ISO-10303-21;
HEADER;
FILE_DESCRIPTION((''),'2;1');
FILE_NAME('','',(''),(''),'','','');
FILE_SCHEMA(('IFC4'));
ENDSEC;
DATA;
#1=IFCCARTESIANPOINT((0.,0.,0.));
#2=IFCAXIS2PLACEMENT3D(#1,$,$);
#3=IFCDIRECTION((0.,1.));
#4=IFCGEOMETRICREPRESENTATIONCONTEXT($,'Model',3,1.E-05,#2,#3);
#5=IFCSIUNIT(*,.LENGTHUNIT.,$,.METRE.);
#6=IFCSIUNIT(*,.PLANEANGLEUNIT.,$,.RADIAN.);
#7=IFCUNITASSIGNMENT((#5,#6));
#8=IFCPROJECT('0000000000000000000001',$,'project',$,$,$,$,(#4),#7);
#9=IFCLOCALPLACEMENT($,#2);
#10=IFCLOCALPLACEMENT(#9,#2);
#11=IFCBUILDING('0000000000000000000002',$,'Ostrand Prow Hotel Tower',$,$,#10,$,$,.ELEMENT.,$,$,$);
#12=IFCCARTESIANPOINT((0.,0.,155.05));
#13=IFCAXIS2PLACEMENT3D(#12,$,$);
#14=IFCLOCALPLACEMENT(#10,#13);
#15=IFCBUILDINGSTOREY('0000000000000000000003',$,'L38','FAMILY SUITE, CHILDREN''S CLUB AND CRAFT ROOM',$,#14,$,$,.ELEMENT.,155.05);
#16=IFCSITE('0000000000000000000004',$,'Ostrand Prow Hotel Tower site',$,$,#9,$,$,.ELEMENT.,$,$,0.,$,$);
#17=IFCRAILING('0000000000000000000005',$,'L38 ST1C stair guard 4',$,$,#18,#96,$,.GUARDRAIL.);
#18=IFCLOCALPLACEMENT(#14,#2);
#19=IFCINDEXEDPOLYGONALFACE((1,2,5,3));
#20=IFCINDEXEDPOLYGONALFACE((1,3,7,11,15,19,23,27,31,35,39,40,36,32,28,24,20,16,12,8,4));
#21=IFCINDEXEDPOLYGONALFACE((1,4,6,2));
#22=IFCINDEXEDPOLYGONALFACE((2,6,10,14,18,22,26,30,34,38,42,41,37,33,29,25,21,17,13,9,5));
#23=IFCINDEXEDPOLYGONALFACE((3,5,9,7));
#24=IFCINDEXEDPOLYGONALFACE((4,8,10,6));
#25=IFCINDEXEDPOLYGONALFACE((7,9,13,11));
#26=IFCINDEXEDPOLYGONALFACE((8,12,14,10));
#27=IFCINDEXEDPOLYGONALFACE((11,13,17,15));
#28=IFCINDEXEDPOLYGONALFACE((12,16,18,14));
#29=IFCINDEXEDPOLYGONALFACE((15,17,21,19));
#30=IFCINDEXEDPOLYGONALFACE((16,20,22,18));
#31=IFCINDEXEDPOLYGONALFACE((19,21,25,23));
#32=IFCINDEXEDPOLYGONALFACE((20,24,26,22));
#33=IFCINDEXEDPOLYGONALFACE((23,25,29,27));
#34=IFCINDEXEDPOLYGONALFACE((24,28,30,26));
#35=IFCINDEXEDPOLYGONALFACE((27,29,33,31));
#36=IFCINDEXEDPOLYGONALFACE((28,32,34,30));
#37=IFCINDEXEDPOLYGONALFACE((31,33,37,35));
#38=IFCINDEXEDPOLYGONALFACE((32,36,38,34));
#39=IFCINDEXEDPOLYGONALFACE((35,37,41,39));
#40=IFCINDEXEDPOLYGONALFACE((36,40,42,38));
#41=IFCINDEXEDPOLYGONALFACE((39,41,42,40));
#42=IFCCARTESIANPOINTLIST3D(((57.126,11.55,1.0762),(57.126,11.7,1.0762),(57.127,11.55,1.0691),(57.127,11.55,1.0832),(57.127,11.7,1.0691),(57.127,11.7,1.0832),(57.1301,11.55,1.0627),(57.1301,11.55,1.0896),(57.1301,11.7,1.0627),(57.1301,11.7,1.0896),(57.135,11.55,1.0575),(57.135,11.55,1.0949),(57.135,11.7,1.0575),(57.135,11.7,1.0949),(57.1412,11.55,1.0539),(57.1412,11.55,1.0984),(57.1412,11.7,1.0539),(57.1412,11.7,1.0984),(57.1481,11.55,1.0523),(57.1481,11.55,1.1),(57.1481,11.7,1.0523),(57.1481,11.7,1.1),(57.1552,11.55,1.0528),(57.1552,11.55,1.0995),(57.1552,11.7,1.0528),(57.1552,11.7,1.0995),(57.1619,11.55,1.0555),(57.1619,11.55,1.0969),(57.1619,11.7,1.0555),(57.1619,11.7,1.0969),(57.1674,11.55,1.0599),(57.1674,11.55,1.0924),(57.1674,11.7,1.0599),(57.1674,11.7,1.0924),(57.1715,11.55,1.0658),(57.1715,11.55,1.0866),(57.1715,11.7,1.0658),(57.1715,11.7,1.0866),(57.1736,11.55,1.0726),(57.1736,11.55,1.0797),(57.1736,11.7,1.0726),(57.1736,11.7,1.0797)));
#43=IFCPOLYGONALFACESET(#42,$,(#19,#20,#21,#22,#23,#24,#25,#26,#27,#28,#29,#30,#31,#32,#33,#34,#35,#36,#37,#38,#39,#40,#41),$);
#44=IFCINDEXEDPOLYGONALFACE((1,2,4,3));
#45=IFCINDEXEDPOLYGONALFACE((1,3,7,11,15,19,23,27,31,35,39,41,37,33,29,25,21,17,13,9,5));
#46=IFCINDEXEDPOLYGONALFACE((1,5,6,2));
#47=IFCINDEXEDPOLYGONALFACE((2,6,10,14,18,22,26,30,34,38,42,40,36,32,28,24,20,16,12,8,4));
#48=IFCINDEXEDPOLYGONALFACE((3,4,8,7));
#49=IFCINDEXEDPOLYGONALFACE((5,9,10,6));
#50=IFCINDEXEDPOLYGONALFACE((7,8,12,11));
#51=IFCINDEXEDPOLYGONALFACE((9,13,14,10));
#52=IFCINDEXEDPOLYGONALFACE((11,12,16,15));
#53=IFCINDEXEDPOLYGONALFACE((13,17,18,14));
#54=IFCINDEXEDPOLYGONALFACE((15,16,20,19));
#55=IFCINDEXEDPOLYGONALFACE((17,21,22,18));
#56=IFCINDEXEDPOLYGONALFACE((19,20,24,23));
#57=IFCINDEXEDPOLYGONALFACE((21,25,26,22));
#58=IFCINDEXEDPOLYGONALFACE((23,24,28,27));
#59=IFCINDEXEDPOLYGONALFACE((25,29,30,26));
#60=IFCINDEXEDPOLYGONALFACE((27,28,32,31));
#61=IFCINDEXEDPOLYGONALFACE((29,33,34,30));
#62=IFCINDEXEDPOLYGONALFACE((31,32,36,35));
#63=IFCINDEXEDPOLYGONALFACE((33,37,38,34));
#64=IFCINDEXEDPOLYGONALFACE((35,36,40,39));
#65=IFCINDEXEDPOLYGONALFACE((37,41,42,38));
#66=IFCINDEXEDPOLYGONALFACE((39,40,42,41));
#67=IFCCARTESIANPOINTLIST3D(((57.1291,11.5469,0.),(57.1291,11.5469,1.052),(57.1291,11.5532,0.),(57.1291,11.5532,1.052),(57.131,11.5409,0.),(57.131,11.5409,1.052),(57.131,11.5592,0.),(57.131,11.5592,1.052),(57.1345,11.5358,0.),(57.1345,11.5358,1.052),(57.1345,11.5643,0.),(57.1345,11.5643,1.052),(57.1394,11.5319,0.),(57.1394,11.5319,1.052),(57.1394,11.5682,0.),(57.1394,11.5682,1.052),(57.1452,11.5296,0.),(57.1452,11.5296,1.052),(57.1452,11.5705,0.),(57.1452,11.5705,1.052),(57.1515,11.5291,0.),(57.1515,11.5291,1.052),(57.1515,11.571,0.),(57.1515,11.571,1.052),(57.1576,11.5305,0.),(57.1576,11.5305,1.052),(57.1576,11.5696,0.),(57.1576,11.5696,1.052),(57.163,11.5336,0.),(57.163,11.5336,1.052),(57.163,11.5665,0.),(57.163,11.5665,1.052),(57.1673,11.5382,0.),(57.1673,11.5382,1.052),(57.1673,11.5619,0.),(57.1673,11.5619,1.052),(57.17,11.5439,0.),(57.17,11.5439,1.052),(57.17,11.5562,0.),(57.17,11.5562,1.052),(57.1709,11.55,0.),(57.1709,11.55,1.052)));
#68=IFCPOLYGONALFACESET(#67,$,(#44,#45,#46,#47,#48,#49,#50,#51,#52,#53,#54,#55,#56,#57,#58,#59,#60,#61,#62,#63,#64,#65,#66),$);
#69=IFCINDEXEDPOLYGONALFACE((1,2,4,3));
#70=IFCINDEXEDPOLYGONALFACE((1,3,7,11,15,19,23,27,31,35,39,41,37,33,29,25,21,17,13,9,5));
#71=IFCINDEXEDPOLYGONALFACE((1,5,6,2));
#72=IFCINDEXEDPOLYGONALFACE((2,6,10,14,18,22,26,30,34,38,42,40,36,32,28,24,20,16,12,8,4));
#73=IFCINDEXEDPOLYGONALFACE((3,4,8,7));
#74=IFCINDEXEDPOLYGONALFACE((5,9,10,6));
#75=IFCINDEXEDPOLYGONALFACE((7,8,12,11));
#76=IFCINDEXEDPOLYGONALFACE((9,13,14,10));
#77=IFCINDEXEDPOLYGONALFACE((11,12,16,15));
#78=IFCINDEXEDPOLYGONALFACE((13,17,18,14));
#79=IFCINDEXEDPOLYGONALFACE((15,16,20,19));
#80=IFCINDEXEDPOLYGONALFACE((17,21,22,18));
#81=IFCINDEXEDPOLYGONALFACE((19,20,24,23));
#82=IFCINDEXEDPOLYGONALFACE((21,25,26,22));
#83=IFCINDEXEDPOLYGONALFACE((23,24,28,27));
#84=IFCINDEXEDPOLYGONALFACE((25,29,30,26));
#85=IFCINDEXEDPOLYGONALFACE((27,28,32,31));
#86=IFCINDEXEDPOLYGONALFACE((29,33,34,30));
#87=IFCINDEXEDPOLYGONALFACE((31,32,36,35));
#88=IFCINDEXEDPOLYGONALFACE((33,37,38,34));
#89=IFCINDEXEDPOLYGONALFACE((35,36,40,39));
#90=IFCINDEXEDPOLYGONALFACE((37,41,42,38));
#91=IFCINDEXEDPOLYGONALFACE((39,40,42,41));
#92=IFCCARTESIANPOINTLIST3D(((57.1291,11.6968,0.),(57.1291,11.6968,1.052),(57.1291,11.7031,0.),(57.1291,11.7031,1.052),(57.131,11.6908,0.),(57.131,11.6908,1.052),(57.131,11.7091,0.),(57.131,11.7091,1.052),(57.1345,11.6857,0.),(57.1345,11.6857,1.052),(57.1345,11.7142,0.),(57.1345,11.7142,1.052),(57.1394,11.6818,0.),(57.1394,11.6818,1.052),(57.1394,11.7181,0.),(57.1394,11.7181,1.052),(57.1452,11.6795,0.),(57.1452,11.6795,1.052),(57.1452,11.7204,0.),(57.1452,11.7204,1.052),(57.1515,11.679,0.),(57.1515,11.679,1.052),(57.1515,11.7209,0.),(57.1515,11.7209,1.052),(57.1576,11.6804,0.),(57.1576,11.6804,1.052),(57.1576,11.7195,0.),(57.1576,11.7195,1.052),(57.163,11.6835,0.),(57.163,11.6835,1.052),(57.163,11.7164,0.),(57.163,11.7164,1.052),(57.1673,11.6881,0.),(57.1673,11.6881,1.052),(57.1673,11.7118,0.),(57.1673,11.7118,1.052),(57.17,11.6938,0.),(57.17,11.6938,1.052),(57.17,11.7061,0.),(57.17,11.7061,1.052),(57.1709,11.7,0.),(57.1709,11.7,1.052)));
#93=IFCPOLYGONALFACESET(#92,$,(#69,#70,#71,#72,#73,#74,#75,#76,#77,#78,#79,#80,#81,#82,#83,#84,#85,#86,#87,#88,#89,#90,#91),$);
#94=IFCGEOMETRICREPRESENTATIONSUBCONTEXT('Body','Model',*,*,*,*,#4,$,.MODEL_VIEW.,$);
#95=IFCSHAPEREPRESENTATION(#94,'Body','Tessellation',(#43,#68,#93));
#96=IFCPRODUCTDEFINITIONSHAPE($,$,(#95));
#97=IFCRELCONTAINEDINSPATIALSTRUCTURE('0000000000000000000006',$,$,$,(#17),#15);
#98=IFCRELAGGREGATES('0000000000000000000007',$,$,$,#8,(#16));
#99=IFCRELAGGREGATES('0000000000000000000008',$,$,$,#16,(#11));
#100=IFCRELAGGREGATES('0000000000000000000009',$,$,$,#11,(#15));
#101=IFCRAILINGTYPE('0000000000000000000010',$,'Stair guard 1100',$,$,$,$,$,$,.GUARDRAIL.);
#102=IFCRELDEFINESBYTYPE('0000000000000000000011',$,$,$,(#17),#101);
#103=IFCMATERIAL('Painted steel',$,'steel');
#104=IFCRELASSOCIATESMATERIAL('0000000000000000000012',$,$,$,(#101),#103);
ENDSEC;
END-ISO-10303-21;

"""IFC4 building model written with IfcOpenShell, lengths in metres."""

from ifc_helpers import new_model, si_unit, direction, frame, origin, origin_2d, place, context, subcontext, project, spatial, circle, extrude, material, type_object, element, save


model = new_model("IFC4")

# Units and contexts
model_context = context("Model", 3, precision=1e-05, world=origin(), true_north=direction((0.0, 1.0)))
body_context = subcontext(model_context, "Body", "Model", "MODEL_VIEW")
ifc_project = project(units=[si_unit("LENGTHUNIT", "METRE"), si_unit("PLANEANGLEUNIT", "RADIAN")], contexts=[model_context])

# Site, building, storey
site_placement = place(None, origin())
site = spatial("IfcSite", under=ifc_project, at=site_placement, Name="Ostrand Prow Hotel Tower site", CompositionType="ELEMENT", RefElevation=0.0)
building_placement = place(site_placement, origin())
building = spatial("IfcBuilding", under=site, at=building_placement, Name="Ostrand Prow Hotel Tower", CompositionType="ELEMENT")
storey_placement = place(building_placement, frame((0.0, 0.0, 155.05)))
storey = spatial("IfcBuildingStorey", under=building, at=storey_placement, Name="L38", Description="FAMILY SUITE, CHILDREN'S CLUB AND CRAFT ROOM", CompositionType="ELEMENT", Elevation=155.05)

# Railing
ifc_material_1 = material(Name="Painted steel", Category="steel")
railing_type_1 = type_object("IfcRailingType", Name="Stair guard 1100", PredefinedType="GUARDRAIL", material=ifc_material_1)
railing_1_placement = place(storey_placement, frame((57.1499, 11.55, 0.0)))
element("IfcRailing", 1, at=railing_1_placement, inside=storey, type_object=railing_type_1, Name="L38 ST1C stair guard 4", PredefinedType="GUARDRAIL", context=body_context, shape_type="SweptSolid", body=[
    extrude(circle(Radius=0.0239, at=origin_2d()), frame((0.0, 0.0, 1.0762), z_axis=(0.0, 1.0, 0.0), x_axis=(-1.0, 0.0, 0.0)), (0.0, 0.0, 1.0), 0.1499),
    extrude(circle(Radius=0.021, at=origin_2d()), origin(), (0.0, 0.0, 1.0), 1.052),
    extrude(circle(Radius=0.021, at=origin_2d()), frame((0.0, 0.1499, 0.0)), (0.0, 0.0, 1.0), 1.052),
])

save(model, "model.ifc")
